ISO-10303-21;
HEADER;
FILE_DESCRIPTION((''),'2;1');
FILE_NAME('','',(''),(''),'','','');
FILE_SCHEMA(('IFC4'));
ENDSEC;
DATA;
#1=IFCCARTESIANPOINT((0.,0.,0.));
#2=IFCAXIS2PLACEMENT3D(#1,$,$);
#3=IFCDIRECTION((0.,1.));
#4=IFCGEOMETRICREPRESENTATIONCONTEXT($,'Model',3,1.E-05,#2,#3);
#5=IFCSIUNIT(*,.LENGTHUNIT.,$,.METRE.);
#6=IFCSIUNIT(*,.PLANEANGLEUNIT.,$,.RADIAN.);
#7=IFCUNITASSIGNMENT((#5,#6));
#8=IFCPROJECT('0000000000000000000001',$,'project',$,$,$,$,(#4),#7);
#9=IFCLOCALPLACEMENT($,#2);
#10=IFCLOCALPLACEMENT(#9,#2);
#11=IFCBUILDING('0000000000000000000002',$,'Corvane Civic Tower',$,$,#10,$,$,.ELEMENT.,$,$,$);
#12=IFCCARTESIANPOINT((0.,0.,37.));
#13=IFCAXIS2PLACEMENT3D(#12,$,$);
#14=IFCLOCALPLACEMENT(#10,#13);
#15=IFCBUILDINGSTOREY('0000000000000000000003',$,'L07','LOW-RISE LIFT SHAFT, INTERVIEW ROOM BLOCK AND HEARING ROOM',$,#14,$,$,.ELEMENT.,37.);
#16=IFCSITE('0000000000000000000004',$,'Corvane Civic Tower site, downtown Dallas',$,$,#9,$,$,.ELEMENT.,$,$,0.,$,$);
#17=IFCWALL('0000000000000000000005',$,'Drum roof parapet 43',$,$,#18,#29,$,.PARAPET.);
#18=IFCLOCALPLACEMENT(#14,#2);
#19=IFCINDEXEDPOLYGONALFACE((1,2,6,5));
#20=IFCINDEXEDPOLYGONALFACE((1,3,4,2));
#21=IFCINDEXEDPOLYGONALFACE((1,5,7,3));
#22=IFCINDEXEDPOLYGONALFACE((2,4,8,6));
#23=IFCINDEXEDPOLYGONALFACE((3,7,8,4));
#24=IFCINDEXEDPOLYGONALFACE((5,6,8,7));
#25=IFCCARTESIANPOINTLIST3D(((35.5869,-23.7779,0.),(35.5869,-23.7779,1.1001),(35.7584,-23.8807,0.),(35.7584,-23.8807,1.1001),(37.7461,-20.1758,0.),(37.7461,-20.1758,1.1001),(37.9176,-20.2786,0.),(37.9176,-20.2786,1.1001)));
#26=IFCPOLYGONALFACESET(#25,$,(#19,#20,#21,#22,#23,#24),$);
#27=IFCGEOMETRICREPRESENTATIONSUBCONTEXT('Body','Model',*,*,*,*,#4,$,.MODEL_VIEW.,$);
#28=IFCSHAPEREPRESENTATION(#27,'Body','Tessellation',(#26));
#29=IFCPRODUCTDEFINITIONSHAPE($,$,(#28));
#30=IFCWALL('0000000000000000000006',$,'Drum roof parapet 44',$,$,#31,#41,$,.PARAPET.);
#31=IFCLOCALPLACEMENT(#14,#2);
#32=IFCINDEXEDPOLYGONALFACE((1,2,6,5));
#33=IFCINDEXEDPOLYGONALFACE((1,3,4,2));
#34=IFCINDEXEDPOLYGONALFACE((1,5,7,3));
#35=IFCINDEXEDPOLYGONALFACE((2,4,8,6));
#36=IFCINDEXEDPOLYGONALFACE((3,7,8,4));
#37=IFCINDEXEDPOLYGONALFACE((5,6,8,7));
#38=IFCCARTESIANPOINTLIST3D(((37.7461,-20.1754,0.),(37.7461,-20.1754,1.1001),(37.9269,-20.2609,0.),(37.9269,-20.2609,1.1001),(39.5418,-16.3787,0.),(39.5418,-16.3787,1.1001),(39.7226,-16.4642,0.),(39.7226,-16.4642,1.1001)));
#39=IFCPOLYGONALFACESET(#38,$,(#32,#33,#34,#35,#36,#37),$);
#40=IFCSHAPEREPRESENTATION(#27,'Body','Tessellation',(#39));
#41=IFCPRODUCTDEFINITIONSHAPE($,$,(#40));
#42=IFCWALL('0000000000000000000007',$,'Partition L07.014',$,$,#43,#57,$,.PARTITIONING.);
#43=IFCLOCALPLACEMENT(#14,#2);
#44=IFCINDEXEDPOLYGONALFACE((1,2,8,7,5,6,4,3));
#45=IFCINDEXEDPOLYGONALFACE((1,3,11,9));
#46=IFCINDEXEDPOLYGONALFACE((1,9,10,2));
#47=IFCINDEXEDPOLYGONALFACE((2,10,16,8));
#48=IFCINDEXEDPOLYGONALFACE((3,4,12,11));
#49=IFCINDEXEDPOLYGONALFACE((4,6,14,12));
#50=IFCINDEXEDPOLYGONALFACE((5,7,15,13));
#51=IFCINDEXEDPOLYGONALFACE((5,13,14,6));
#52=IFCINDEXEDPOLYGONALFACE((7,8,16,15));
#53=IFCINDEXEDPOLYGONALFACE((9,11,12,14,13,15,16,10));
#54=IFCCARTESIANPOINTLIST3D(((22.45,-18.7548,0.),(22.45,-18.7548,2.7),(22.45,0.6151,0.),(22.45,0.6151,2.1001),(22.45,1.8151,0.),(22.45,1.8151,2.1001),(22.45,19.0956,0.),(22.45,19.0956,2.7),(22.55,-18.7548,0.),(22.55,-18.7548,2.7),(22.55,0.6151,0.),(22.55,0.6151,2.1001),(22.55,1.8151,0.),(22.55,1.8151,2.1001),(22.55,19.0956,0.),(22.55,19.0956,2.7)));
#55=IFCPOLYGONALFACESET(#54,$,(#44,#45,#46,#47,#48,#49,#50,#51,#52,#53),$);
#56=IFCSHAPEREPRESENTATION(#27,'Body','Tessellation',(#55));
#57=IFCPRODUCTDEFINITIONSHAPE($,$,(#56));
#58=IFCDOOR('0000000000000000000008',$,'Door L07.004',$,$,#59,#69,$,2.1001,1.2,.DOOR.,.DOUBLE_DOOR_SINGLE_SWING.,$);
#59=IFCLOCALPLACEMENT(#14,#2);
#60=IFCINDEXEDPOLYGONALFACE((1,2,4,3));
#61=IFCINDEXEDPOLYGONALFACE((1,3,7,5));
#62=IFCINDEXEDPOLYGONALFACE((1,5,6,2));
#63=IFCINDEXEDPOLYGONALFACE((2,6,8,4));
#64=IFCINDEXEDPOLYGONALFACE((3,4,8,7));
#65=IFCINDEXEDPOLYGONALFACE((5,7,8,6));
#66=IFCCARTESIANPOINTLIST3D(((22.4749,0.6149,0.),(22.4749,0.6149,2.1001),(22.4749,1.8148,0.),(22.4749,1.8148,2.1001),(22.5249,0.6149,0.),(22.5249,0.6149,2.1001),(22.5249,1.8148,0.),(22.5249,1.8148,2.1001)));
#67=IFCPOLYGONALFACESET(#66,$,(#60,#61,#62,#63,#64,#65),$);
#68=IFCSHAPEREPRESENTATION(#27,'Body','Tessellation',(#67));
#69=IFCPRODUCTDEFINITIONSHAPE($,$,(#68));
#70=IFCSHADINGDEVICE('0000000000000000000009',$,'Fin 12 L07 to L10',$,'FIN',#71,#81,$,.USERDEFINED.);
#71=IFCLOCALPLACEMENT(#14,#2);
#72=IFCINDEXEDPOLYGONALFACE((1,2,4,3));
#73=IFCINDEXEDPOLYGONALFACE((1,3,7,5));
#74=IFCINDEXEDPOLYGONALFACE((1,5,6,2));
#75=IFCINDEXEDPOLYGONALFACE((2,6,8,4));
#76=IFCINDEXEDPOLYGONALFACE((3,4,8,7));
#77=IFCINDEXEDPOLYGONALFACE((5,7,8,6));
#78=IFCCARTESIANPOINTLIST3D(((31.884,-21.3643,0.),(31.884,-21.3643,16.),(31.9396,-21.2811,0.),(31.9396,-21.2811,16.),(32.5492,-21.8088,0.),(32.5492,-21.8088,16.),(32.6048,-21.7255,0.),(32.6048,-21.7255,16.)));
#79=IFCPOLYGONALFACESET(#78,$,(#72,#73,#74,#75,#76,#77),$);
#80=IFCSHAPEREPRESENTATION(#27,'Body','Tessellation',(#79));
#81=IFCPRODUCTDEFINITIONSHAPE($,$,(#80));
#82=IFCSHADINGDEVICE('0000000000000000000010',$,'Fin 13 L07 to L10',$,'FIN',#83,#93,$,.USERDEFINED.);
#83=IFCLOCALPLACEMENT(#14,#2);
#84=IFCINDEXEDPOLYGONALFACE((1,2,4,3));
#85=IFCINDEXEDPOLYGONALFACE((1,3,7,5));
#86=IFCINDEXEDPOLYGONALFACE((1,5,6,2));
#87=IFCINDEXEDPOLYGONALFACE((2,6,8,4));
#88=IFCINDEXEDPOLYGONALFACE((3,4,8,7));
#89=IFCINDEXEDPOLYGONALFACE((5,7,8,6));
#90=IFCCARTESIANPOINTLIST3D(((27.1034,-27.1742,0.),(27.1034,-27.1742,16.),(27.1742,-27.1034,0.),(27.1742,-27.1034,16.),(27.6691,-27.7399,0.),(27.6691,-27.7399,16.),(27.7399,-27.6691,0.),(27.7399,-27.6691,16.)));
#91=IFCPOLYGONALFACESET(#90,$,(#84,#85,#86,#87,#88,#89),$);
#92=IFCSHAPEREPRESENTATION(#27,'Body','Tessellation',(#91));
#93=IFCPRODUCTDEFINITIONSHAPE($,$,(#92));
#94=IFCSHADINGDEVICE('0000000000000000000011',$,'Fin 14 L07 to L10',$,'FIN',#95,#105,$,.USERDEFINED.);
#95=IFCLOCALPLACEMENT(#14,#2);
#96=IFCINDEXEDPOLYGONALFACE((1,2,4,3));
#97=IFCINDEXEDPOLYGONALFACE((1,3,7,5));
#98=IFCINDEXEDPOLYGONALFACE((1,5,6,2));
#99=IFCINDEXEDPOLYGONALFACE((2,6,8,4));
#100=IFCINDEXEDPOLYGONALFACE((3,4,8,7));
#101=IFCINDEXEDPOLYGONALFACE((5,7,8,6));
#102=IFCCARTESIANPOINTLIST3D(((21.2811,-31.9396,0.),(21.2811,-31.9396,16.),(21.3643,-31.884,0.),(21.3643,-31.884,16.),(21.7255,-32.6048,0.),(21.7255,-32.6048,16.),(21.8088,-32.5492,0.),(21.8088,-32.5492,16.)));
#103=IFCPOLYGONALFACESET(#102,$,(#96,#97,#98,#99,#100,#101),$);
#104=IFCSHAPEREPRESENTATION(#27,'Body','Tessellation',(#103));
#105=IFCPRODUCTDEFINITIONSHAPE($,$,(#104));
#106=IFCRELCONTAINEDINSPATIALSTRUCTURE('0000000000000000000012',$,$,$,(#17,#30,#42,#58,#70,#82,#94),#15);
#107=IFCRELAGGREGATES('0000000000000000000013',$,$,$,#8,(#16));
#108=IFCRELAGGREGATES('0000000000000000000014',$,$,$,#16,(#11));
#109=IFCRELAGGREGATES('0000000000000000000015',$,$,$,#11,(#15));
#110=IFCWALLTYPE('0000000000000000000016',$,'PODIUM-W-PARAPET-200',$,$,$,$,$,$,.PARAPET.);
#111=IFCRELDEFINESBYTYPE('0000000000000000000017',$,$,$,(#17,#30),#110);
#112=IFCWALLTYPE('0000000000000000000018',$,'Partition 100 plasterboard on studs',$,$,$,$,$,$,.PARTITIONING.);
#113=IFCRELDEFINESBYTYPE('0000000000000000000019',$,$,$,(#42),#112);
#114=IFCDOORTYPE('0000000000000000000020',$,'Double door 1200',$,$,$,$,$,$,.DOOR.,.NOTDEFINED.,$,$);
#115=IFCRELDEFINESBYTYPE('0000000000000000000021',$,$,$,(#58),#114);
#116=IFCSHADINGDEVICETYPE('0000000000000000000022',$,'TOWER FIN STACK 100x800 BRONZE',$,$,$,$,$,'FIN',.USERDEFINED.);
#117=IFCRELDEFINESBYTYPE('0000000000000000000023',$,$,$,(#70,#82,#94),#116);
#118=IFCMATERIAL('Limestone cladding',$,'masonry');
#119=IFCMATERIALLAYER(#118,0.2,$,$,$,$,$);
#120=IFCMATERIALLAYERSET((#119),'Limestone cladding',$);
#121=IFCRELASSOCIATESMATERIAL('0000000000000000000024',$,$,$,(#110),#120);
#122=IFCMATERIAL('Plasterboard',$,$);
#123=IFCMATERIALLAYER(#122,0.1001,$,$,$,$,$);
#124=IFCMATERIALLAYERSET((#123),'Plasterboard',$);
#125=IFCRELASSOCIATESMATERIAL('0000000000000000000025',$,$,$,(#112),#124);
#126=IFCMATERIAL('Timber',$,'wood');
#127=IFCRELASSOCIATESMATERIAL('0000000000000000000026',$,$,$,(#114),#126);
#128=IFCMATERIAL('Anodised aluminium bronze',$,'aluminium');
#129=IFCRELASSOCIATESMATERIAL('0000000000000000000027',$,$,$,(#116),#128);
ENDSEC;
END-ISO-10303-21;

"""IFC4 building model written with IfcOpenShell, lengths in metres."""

from ifc_helpers import new_model, si_unit, direction, frame, frame_2d, origin, origin_2d, place, context, subcontext, project, spatial, rectangle, extrude, material, layer, layer_set, material_profile, profile_set, type_object, element, fill, save


model = new_model("IFC4")

# Units and contexts
model_context = context("Model", 3, precision=1e-05, world=origin(), true_north=direction((0.0, 1.0)))
body_context = subcontext(model_context, "Body", "Model", "MODEL_VIEW")
ifc_project = project(units=[si_unit("LENGTHUNIT", "METRE"), si_unit("PLANEANGLEUNIT", "RADIAN")], contexts=[model_context])

# Site, building, storey
site_placement = place(None, origin())
site = spatial("IfcSite", under=ifc_project, at=site_placement, Name="Corvane Civic Tower site, downtown Dallas", CompositionType="ELEMENT", RefElevation=0.0)
building_placement = place(site_placement, origin())
building = spatial("IfcBuilding", under=site, at=building_placement, Name="Corvane Civic Tower", CompositionType="ELEMENT")
storey_placement = place(building_placement, frame((0.0, 0.0, 37.0)))
storey = spatial("IfcBuildingStorey", under=building, at=storey_placement, Name="L07", Description="LOW-RISE LIFT SHAFT, INTERVIEW ROOM BLOCK AND HEARING ROOM", CompositionType="ELEMENT", Elevation=37.0)

# Walls
ifc_material_1 = material(Name="Limestone cladding", Category="masonry")
ifc_layer_1 = layer(ifc_material_1, 0.2)
ifc_layer_set_1 = layer_set([ifc_layer_1], Name="Limestone cladding")
wall_type_1 = type_object("IfcWallType", Name="PODIUM-W-PARAPET-200", PredefinedType="PARAPET", material=ifc_layer_set_1)
wall_1_placement = place(storey_placement, frame((35.6726, -23.8293, 0.0), z_axis=(0.0, 0.0, 1.0), x_axis=(0.514137, 0.857708, 0.0)))
element("IfcWall", 1, at=wall_1_placement, inside=storey, type_object=wall_type_1, Name="Drum roof parapet 43", PredefinedType="PARAPET", context=body_context, shape_type="SweptSolid", body=[
    extrude(rectangle(XDim=4.1997, YDim=0.2, at=frame_2d((2.0999, 0.0))), origin(), (0.0, 0.0, 1.0), 1.1001),
])
wall_2_placement = place(storey_placement, frame((37.8364, -20.2183, 0.0), z_axis=(0.0, 0.0, 1.0), x_axis=(0.427552, 0.903991, 0.0)))
element("IfcWall", 2, at=wall_2_placement, inside=storey, type_object=wall_type_1, Name="Drum roof parapet 44", PredefinedType="PARAPET", context=body_context, shape_type="SweptSolid", body=[
    extrude(rectangle(XDim=4.2, YDim=0.2, at=frame_2d((2.1001, 0.0))), origin(), (0.0, 0.0, 1.0), 1.1001),
])

# Wall, opening, door
ifc_material_2 = material(Name="Plasterboard")
ifc_layer_2 = layer(ifc_material_2, 0.1001)
ifc_layer_set_2 = layer_set([ifc_layer_2], Name="Plasterboard")
wall_type_2 = type_object("IfcWallType", Name="Partition 100 plasterboard on studs", PredefinedType="PARTITIONING", material=ifc_layer_set_2)
wall_3_placement = place(storey_placement, frame((22.5, -18.7549, 0.0), z_axis=(0.0, 0.0, 1.0), x_axis=(0.0, 1.0, 0.0)))
wall_3 = element("IfcWall", 3, at=wall_3_placement, inside=storey, type_object=wall_type_2, Name="Partition L07.014", PredefinedType="PARTITIONING", context=body_context, shape_type="SweptSolid", body=[
    extrude(rectangle(XDim=37.8503, YDim=0.1001, at=frame_2d((18.9253, 0.0))), origin(), (0.0, 0.0, 1.0), 2.7),
])
opening_placement = place(wall_3_placement, frame((19.3699, 0.0, 0.0)))
opening = element("IfcOpeningElement", 4, at=opening_placement, cuts=wall_3, PredefinedType="OPENING", context=body_context, shape_type="SweptSolid", body=[
    extrude(rectangle(XDim=1.2, YDim=2.1001, at=frame_2d((0.6001, 1.05))), frame((0.0, 0.0601, 0.0), z_axis=(0.0, -1.0, 0.0), x_axis=(1.0, 0.0, 0.0)), (0.0, 0.0, 1.0), 0.1201),
])
ifc_material_3 = material(Name="Timber", Category="wood")
door_type = type_object("IfcDoorType", Name="Double door 1200", OperationType="NOTDEFINED", PredefinedType="DOOR", material=ifc_material_3)
door_placement = place(opening_placement, frame((1.2, 0.0, 0.0), z_axis=(0.0, 0.0, 1.0), x_axis=(-1.0, 0.0, 0.0)))
door = element("IfcDoor", 5, at=door_placement, inside=storey, type_object=door_type, Name="Door L07.004", OperationType="DOUBLE_DOOR_SINGLE_SWING", OverallHeight=2.1001, OverallWidth=1.2, PredefinedType="DOOR", context=body_context, shape_type="SweptSolid", body=[
    extrude(rectangle(XDim=1.2, YDim=2.1001, at=frame_2d((0.6001, 1.05))), frame((0.0, 0.0249, 0.0), z_axis=(0.0, -1.0, 0.0), x_axis=(1.0, 0.0, 0.0)), (0.0, 0.0, 1.0), 0.05),
])
fill(opening, door)

# Shading devices
ifc_material_4 = material(Name="Anodised aluminium bronze", Category="aluminium")
ifc_material_profile_1 = material_profile(ifc_material_4, rectangle(XDim=0.1001, YDim=0.8, at=origin_2d()), Name="TOWER FIN STACK 100x800 BRONZE")
ifc_profile_set_1 = profile_set([ifc_material_profile_1], Name="Anodised aluminium bronze")
shading_device_type = type_object("IfcShadingDeviceType", Name="TOWER FIN STACK 100x800 BRONZE", ElementType="FIN", PredefinedType="USERDEFINED", material=ifc_profile_set_1)
for number, where, z_axis, x_axis, name in (
    (6, (32.2444, -21.5449, 0.0), (0.0, 0.0, 1.0), (-0.55557, -0.83147, 0.0), "Fin 12 L07 to L10"),
    (7, (27.4216, -27.4216, 0.0), (0.0, 0.0, 1.0), (-0.707107, -0.707107, 0.0), "Fin 13 L07 to L10"),
    (8, (21.5449, -32.2444, 0.0), (0.0, 0.0, 1.0), (-0.83147, -0.55557, 0.0), "Fin 14 L07 to L10"),
):
    element("IfcShadingDevice", number, at=place(storey_placement, frame(where, z_axis=z_axis, x_axis=x_axis)), inside=storey, type_object=shading_device_type, Name=name, ObjectType="FIN", PredefinedType="USERDEFINED", context=body_context, shape_type="SweptSolid", body=[
        extrude(rectangle(XDim=0.1001, YDim=0.8, at=origin_2d()), origin(), (0.0, 0.0, 1.0), 16.0),
    ])

save(model, "model.ifc")
